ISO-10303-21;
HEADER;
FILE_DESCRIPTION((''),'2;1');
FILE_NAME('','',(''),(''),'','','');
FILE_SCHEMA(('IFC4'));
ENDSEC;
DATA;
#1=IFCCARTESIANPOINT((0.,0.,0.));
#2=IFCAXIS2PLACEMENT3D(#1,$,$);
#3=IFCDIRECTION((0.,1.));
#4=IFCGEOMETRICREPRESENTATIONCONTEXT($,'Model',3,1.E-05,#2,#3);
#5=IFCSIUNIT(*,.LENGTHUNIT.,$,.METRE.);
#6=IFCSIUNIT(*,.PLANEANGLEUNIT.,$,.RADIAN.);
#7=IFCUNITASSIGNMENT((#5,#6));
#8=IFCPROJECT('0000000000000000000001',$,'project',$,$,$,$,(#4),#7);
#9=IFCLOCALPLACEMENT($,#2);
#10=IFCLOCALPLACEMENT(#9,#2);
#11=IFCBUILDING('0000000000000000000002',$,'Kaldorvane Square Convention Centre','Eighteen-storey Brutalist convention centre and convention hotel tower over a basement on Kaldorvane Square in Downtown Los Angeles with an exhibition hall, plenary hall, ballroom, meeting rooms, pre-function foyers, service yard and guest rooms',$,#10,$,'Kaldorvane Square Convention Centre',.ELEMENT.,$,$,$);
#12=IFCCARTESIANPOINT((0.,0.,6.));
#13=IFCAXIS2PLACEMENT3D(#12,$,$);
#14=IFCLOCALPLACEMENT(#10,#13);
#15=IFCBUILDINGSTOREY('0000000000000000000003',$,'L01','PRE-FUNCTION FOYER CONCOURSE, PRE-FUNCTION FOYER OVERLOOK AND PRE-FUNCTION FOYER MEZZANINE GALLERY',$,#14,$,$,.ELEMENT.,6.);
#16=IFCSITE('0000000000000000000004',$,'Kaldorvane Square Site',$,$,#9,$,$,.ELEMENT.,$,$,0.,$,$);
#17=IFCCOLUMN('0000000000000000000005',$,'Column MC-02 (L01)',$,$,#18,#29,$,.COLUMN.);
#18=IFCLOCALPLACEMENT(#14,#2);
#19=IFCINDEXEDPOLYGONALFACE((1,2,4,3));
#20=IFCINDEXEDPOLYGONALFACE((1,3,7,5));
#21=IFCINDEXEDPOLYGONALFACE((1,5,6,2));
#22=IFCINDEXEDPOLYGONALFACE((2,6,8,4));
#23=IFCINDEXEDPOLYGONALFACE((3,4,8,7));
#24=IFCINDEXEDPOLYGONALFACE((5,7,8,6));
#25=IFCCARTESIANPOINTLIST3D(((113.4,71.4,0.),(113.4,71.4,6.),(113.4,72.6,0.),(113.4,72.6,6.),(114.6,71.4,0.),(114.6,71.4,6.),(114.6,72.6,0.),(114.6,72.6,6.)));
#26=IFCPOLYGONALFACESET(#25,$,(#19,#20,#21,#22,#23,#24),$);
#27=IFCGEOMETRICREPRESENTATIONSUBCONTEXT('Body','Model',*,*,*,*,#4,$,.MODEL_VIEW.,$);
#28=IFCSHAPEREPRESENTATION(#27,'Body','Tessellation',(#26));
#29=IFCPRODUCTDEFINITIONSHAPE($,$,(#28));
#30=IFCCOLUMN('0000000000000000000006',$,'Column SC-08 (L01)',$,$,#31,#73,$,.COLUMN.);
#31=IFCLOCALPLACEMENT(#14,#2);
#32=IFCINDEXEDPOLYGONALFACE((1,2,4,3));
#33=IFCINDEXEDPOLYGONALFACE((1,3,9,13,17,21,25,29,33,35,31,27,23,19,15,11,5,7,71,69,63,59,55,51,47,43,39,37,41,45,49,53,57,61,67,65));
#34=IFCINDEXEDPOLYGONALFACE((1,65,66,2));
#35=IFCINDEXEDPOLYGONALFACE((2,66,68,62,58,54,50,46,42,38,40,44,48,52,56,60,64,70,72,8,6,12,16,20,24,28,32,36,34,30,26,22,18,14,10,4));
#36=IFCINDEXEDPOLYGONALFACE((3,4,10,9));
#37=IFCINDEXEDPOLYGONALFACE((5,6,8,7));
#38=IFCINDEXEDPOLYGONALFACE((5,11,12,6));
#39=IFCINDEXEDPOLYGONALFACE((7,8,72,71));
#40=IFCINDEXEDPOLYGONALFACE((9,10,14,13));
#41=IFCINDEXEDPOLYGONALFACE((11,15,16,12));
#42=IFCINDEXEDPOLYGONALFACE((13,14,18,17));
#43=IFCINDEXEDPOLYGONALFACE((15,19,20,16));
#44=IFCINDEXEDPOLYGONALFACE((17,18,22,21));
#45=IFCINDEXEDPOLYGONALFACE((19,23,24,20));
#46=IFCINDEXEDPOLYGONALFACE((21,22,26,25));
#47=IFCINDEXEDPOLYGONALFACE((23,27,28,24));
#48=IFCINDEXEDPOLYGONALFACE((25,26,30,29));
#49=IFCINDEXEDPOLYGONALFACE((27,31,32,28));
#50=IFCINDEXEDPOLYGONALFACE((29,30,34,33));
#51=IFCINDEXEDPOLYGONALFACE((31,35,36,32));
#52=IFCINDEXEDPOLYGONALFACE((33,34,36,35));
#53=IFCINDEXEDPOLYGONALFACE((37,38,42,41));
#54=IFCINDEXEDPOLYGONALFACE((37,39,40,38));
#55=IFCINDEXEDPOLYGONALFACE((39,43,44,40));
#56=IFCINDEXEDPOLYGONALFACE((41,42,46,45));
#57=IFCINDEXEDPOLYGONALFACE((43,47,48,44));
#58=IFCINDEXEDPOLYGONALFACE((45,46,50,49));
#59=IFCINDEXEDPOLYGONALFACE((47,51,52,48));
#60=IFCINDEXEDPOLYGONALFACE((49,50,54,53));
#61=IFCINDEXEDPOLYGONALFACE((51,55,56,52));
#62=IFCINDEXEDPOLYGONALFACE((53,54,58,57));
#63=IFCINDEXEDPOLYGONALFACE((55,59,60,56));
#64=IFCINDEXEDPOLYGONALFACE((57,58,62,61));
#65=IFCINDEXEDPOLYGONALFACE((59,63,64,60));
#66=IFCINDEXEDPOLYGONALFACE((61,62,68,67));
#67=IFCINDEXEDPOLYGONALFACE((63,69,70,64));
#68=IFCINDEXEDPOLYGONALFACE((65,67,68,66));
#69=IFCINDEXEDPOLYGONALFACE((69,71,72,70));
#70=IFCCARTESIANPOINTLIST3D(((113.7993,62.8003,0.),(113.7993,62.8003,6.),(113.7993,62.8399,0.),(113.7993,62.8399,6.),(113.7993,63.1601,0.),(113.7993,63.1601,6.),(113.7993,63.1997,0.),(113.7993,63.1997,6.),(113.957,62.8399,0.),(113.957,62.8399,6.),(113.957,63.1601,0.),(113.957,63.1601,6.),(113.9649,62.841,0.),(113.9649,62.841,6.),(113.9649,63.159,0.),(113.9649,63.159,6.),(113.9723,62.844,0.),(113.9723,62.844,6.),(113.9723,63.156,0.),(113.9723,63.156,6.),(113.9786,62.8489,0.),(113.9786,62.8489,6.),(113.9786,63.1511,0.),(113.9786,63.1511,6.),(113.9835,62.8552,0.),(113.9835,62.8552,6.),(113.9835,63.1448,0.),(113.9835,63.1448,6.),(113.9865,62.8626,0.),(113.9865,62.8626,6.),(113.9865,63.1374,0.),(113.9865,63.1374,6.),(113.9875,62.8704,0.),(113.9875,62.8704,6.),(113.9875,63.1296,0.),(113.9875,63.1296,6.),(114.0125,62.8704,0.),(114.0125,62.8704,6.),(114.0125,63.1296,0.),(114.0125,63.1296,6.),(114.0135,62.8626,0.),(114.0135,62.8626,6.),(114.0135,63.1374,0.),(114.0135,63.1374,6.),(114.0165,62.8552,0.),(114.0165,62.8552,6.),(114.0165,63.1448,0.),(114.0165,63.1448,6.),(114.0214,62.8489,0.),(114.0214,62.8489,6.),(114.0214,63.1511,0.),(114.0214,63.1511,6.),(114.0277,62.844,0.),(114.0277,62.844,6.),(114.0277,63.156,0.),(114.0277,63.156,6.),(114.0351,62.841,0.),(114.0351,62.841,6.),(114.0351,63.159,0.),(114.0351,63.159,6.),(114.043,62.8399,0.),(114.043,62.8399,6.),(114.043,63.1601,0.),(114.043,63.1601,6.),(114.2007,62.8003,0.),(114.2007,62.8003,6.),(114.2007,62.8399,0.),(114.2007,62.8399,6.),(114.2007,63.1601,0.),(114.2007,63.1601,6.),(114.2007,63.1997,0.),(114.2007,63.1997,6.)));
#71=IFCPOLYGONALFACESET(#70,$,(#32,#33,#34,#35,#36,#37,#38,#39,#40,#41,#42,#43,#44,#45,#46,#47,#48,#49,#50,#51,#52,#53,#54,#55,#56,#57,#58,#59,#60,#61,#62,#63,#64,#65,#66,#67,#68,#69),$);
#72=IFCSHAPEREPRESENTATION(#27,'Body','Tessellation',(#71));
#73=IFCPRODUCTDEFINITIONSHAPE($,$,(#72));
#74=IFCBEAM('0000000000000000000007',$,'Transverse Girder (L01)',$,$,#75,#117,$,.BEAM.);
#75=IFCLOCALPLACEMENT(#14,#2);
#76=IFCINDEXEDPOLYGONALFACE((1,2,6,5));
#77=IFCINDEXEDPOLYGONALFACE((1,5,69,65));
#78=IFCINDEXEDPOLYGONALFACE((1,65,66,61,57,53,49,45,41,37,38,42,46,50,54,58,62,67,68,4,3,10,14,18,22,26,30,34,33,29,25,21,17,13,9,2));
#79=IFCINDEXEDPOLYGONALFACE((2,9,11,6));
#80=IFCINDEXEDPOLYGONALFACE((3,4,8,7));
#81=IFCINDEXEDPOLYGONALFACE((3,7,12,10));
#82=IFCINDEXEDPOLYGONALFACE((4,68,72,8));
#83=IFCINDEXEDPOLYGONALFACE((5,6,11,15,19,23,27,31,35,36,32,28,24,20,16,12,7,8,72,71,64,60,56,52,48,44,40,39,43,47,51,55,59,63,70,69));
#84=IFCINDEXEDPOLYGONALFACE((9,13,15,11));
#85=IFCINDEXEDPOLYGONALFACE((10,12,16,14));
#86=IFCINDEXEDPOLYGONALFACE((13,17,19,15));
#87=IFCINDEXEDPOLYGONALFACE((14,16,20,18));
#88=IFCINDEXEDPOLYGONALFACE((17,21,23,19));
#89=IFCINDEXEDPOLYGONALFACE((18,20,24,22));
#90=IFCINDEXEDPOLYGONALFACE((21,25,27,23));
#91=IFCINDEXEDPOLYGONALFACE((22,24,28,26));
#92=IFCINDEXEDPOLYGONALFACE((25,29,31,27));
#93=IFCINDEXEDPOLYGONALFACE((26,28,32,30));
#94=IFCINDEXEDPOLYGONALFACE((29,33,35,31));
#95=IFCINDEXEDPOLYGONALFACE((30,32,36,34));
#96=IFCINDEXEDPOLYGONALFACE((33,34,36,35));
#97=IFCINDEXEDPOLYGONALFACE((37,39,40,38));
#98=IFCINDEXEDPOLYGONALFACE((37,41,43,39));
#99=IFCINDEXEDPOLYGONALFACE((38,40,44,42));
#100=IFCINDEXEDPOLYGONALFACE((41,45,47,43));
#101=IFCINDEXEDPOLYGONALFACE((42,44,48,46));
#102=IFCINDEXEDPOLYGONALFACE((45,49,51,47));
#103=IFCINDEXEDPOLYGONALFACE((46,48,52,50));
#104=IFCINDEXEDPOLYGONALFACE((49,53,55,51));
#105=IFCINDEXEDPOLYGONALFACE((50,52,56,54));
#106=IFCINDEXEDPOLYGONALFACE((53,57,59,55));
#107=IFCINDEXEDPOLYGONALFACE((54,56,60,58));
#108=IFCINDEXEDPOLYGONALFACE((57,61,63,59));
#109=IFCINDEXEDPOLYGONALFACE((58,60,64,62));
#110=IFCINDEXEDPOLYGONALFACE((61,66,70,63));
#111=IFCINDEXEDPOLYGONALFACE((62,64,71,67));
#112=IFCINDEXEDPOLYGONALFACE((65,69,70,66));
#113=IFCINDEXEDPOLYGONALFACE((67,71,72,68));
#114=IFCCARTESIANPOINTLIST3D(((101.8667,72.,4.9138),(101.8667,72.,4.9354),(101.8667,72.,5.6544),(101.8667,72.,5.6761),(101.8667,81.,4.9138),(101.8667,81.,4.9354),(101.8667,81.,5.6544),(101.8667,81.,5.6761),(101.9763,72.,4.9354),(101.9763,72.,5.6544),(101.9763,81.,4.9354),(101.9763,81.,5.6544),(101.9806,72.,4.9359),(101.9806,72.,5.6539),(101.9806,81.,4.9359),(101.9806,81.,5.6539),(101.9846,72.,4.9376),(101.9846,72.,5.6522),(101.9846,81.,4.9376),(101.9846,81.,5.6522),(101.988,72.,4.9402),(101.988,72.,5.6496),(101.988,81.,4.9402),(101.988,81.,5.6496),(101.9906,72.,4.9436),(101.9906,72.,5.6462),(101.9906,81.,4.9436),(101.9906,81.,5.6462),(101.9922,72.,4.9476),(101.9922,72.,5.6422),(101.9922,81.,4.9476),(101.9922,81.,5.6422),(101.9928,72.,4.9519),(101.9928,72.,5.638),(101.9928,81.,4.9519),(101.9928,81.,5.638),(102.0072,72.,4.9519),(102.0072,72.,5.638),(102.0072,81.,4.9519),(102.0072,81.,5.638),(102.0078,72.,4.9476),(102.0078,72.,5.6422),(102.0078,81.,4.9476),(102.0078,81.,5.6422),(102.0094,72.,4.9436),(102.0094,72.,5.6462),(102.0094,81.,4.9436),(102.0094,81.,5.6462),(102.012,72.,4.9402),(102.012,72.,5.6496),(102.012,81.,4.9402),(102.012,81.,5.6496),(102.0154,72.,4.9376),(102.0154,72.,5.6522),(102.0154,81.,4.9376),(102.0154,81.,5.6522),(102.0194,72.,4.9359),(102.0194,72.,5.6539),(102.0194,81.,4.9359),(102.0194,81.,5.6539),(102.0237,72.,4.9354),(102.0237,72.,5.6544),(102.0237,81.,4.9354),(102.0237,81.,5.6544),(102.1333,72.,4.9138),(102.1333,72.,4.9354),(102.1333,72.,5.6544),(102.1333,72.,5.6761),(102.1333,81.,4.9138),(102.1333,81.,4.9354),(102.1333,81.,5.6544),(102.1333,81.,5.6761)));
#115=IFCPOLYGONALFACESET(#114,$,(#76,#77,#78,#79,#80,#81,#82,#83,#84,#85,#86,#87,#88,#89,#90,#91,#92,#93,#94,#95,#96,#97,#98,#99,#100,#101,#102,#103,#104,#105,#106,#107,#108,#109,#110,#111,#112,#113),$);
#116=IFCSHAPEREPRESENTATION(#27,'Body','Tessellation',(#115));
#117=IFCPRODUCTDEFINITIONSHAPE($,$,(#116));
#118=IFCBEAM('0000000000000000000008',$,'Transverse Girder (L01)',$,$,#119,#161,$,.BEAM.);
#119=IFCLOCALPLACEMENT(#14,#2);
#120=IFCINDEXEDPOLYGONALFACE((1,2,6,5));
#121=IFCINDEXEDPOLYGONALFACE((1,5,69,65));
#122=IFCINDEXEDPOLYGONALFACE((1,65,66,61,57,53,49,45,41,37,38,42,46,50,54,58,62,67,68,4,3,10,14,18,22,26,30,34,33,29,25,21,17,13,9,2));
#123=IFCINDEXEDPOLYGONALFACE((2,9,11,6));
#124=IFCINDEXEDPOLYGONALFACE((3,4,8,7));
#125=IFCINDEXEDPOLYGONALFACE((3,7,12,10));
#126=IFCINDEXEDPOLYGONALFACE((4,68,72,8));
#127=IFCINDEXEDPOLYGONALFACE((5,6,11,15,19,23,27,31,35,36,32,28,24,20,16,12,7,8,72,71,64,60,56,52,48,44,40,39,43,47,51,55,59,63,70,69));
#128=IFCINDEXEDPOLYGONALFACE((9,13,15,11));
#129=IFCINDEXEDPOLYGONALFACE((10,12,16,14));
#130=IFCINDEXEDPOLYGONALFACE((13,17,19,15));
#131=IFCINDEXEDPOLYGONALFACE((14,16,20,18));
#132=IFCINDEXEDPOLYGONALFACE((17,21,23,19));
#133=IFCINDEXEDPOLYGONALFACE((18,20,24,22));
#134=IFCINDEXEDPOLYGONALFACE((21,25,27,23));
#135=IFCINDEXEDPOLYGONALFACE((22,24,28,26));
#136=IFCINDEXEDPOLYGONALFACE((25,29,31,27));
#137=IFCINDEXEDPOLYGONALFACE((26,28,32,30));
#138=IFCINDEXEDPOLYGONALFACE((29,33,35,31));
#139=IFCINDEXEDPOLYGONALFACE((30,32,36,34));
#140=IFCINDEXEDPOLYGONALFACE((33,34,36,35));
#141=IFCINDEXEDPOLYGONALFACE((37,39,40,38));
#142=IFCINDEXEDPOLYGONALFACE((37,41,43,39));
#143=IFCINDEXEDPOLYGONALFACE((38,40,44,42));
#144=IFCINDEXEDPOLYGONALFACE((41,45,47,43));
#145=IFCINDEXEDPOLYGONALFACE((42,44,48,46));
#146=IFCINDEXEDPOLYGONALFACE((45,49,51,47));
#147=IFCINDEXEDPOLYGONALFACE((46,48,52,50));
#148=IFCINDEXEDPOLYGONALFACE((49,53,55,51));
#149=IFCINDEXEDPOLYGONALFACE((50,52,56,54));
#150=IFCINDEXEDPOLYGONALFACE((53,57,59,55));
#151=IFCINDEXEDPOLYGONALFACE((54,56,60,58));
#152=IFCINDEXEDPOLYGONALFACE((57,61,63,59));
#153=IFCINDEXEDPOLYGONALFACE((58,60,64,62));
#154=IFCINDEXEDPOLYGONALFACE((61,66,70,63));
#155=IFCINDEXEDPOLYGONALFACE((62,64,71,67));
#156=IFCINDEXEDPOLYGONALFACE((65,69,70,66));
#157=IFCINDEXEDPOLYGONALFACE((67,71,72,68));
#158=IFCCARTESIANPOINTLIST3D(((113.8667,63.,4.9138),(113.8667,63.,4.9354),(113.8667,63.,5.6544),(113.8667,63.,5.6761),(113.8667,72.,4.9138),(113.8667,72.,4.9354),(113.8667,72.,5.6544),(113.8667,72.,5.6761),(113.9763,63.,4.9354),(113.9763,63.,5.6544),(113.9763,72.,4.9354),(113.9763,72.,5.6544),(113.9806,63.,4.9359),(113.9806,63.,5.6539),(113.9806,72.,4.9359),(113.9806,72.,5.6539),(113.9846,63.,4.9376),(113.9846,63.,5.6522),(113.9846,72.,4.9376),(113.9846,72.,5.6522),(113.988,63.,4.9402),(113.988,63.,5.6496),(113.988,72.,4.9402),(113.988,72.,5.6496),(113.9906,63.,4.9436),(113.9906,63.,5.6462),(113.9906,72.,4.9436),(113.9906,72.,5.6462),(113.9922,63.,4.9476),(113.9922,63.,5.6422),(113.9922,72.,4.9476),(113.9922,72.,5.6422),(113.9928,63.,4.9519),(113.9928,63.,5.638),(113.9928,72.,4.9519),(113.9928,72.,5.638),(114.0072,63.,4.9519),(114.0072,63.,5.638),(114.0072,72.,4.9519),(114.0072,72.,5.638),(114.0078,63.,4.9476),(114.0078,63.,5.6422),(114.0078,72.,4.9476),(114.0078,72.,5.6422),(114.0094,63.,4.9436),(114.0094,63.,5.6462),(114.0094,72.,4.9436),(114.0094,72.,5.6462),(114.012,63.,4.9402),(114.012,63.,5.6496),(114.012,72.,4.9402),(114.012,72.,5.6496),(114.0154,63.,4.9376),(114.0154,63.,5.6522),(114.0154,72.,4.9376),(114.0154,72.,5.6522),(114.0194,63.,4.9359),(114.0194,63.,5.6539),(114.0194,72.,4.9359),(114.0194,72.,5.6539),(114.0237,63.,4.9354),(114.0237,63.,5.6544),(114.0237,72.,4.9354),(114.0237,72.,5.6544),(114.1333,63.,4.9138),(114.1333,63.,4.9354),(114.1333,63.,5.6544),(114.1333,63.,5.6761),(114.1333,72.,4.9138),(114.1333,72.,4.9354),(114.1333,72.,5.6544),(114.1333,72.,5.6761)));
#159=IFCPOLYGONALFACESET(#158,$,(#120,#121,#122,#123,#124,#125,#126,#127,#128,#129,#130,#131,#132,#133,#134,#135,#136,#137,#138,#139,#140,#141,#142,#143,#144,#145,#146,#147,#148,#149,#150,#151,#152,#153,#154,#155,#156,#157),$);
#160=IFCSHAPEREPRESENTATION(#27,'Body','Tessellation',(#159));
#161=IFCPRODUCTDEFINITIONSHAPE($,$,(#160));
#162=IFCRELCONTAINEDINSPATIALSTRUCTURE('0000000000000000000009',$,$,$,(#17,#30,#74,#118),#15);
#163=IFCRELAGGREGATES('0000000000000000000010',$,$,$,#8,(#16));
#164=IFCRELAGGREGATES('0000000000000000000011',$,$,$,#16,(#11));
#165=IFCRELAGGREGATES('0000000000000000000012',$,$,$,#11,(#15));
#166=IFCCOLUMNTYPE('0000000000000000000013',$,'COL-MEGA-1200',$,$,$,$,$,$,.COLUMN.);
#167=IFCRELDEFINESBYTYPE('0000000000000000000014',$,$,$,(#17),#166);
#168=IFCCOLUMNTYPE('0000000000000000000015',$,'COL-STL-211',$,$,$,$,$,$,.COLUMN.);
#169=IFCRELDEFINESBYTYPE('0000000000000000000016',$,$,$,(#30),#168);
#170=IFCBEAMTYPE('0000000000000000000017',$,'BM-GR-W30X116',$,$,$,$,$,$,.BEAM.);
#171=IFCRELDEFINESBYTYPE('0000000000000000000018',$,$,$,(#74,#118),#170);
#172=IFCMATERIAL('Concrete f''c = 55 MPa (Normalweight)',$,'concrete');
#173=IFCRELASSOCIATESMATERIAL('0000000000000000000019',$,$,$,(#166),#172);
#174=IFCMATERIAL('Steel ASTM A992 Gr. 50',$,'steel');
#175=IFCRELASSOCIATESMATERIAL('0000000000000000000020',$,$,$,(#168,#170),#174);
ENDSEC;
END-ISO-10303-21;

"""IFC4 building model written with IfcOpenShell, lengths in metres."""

from ifc_helpers import new_model, si_unit, direction, frame, origin, origin_2d, place, context, subcontext, project, spatial, rectangle, i_section, extrude, material, material_profile, profile_set, type_object, element, save


model = new_model("IFC4")

# Units and contexts
model_context = context("Model", 3, precision=1e-05, world=origin(), true_north=direction((0.0, 1.0)))
body_context = subcontext(model_context, "Body", "Model", "MODEL_VIEW")
ifc_project = project(units=[si_unit("LENGTHUNIT", "METRE"), si_unit("PLANEANGLEUNIT", "RADIAN")], contexts=[model_context])

# Site, building, storey
site_placement = place(None, origin())
site = spatial("IfcSite", under=ifc_project, at=site_placement, Name="Kaldorvane Square Site", CompositionType="ELEMENT", RefElevation=0.0)
building_placement = place(site_placement, origin())
building = spatial("IfcBuilding", under=site, at=building_placement, Name="Kaldorvane Square Convention Centre", Description="Eighteen-storey Brutalist convention centre and convention hotel tower over a basement on Kaldorvane Square in Downtown Los Angeles with an exhibition hall, plenary hall, ballroom, meeting rooms, pre-function foyers, service yard and guest rooms", LongName="Kaldorvane Square Convention Centre", CompositionType="ELEMENT")
storey_placement = place(building_placement, frame((0.0, 0.0, 6.0)))
storey = spatial("IfcBuildingStorey", under=building, at=storey_placement, Name="L01", Description="PRE-FUNCTION FOYER CONCOURSE, PRE-FUNCTION FOYER OVERLOOK AND PRE-FUNCTION FOYER MEZZANINE GALLERY", CompositionType="ELEMENT", Elevation=6.0)

# Columns
ifc_material_1 = material(Name="Concrete f'c = 55 MPa (Normalweight)", Category="concrete")
ifc_material_profile_1 = material_profile(ifc_material_1, rectangle(XDim=1.2, YDim=1.2, at=origin_2d()), Name="RC1200X1200")
ifc_profile_set_1 = profile_set([ifc_material_profile_1], Name="Concrete f'c = 55 MPa (Normalweight)")
column_type_1 = type_object("IfcColumnType", Name="COL-MEGA-1200", PredefinedType="COLUMN", material=ifc_profile_set_1)
column_1_placement = place(storey_placement, frame((114.0, 72.0, 0.0), z_axis=(0.0, 0.0, 1.0), x_axis=(1.0, 0.0, 0.0)))
element("IfcColumn", 1, at=column_1_placement, inside=storey, type_object=column_type_1, Name="Column MC-02 (L01)", PredefinedType="COLUMN", context=body_context, shape_type="SweptSolid", body=[
    extrude(rectangle(XDim=1.2, YDim=1.2, at=origin_2d()), origin(), (0.0, 0.0, 1.0), 6.0),
])
ifc_material_2 = material(Name="Steel ASTM A992 Gr. 50", Category="steel")
ifc_material_profile_2 = material_profile(ifc_material_2, i_section(OverallWidth=0.4013, OverallDepth=0.3993, WebThickness=0.0249, FlangeThickness=0.0396, FilletRadius=0.0305, at=origin_2d()), Name="W14X211")
ifc_profile_set_2 = profile_set([ifc_material_profile_2], Name="Steel ASTM A992 Gr. 50")
column_type_2 = type_object("IfcColumnType", Name="COL-STL-211", PredefinedType="COLUMN", material=ifc_profile_set_2)
column_2_placement = place(storey_placement, frame((114.0, 63.0, 0.0), z_axis=(0.0, 0.0, 1.0), x_axis=(1.0, 0.0, 0.0)))
element("IfcColumn", 2, at=column_2_placement, inside=storey, type_object=column_type_2, Name="Column SC-08 (L01)", PredefinedType="COLUMN", context=body_context, shape_type="SweptSolid", body=[
    extrude(i_section(OverallWidth=0.4013, OverallDepth=0.3993, WebThickness=0.0249, FlangeThickness=0.0396, FilletRadius=0.0305, at=origin_2d()), origin(), (0.0, 0.0, 1.0), 6.0),
])

# Beams
ifc_material_profile_3 = material_profile(ifc_material_2, i_section(OverallWidth=0.2666, OverallDepth=0.7623, WebThickness=0.0144, FlangeThickness=0.0216, FilletRadius=0.0165, at=origin_2d()), Name="W30X116")
ifc_profile_set_3 = profile_set([ifc_material_profile_3], Name="Steel ASTM A992 Gr. 50")
beam_type_1 = type_object("IfcBeamType", Name="BM-GR-W30X116", PredefinedType="BEAM", material=ifc_profile_set_3)
for number, where, z_axis, x_axis, name in (
    (3, (102.0, 72.0, 5.2949), (0.0, 1.0, 0.0), (-1.0, 0.0, 0.0), "Transverse Girder (L01)"),
    (4, (114.0, 63.0, 5.2949), (0.0, 1.0, 0.0), (-1.0, 0.0, 0.0), "Transverse Girder (L01)"),
):
    element("IfcBeam", number, at=place(storey_placement, frame(where, z_axis=z_axis, x_axis=x_axis)), inside=storey, type_object=beam_type_1, Name=name, PredefinedType="BEAM", context=body_context, shape_type="SweptSolid", body=[
        extrude(i_section(OverallWidth=0.2666, OverallDepth=0.7623, WebThickness=0.0144, FlangeThickness=0.0216, FilletRadius=0.0165, at=origin_2d()), origin(), (0.0, 0.0, 1.0), 9.0),
    ])

save(model, "model.ifc")
